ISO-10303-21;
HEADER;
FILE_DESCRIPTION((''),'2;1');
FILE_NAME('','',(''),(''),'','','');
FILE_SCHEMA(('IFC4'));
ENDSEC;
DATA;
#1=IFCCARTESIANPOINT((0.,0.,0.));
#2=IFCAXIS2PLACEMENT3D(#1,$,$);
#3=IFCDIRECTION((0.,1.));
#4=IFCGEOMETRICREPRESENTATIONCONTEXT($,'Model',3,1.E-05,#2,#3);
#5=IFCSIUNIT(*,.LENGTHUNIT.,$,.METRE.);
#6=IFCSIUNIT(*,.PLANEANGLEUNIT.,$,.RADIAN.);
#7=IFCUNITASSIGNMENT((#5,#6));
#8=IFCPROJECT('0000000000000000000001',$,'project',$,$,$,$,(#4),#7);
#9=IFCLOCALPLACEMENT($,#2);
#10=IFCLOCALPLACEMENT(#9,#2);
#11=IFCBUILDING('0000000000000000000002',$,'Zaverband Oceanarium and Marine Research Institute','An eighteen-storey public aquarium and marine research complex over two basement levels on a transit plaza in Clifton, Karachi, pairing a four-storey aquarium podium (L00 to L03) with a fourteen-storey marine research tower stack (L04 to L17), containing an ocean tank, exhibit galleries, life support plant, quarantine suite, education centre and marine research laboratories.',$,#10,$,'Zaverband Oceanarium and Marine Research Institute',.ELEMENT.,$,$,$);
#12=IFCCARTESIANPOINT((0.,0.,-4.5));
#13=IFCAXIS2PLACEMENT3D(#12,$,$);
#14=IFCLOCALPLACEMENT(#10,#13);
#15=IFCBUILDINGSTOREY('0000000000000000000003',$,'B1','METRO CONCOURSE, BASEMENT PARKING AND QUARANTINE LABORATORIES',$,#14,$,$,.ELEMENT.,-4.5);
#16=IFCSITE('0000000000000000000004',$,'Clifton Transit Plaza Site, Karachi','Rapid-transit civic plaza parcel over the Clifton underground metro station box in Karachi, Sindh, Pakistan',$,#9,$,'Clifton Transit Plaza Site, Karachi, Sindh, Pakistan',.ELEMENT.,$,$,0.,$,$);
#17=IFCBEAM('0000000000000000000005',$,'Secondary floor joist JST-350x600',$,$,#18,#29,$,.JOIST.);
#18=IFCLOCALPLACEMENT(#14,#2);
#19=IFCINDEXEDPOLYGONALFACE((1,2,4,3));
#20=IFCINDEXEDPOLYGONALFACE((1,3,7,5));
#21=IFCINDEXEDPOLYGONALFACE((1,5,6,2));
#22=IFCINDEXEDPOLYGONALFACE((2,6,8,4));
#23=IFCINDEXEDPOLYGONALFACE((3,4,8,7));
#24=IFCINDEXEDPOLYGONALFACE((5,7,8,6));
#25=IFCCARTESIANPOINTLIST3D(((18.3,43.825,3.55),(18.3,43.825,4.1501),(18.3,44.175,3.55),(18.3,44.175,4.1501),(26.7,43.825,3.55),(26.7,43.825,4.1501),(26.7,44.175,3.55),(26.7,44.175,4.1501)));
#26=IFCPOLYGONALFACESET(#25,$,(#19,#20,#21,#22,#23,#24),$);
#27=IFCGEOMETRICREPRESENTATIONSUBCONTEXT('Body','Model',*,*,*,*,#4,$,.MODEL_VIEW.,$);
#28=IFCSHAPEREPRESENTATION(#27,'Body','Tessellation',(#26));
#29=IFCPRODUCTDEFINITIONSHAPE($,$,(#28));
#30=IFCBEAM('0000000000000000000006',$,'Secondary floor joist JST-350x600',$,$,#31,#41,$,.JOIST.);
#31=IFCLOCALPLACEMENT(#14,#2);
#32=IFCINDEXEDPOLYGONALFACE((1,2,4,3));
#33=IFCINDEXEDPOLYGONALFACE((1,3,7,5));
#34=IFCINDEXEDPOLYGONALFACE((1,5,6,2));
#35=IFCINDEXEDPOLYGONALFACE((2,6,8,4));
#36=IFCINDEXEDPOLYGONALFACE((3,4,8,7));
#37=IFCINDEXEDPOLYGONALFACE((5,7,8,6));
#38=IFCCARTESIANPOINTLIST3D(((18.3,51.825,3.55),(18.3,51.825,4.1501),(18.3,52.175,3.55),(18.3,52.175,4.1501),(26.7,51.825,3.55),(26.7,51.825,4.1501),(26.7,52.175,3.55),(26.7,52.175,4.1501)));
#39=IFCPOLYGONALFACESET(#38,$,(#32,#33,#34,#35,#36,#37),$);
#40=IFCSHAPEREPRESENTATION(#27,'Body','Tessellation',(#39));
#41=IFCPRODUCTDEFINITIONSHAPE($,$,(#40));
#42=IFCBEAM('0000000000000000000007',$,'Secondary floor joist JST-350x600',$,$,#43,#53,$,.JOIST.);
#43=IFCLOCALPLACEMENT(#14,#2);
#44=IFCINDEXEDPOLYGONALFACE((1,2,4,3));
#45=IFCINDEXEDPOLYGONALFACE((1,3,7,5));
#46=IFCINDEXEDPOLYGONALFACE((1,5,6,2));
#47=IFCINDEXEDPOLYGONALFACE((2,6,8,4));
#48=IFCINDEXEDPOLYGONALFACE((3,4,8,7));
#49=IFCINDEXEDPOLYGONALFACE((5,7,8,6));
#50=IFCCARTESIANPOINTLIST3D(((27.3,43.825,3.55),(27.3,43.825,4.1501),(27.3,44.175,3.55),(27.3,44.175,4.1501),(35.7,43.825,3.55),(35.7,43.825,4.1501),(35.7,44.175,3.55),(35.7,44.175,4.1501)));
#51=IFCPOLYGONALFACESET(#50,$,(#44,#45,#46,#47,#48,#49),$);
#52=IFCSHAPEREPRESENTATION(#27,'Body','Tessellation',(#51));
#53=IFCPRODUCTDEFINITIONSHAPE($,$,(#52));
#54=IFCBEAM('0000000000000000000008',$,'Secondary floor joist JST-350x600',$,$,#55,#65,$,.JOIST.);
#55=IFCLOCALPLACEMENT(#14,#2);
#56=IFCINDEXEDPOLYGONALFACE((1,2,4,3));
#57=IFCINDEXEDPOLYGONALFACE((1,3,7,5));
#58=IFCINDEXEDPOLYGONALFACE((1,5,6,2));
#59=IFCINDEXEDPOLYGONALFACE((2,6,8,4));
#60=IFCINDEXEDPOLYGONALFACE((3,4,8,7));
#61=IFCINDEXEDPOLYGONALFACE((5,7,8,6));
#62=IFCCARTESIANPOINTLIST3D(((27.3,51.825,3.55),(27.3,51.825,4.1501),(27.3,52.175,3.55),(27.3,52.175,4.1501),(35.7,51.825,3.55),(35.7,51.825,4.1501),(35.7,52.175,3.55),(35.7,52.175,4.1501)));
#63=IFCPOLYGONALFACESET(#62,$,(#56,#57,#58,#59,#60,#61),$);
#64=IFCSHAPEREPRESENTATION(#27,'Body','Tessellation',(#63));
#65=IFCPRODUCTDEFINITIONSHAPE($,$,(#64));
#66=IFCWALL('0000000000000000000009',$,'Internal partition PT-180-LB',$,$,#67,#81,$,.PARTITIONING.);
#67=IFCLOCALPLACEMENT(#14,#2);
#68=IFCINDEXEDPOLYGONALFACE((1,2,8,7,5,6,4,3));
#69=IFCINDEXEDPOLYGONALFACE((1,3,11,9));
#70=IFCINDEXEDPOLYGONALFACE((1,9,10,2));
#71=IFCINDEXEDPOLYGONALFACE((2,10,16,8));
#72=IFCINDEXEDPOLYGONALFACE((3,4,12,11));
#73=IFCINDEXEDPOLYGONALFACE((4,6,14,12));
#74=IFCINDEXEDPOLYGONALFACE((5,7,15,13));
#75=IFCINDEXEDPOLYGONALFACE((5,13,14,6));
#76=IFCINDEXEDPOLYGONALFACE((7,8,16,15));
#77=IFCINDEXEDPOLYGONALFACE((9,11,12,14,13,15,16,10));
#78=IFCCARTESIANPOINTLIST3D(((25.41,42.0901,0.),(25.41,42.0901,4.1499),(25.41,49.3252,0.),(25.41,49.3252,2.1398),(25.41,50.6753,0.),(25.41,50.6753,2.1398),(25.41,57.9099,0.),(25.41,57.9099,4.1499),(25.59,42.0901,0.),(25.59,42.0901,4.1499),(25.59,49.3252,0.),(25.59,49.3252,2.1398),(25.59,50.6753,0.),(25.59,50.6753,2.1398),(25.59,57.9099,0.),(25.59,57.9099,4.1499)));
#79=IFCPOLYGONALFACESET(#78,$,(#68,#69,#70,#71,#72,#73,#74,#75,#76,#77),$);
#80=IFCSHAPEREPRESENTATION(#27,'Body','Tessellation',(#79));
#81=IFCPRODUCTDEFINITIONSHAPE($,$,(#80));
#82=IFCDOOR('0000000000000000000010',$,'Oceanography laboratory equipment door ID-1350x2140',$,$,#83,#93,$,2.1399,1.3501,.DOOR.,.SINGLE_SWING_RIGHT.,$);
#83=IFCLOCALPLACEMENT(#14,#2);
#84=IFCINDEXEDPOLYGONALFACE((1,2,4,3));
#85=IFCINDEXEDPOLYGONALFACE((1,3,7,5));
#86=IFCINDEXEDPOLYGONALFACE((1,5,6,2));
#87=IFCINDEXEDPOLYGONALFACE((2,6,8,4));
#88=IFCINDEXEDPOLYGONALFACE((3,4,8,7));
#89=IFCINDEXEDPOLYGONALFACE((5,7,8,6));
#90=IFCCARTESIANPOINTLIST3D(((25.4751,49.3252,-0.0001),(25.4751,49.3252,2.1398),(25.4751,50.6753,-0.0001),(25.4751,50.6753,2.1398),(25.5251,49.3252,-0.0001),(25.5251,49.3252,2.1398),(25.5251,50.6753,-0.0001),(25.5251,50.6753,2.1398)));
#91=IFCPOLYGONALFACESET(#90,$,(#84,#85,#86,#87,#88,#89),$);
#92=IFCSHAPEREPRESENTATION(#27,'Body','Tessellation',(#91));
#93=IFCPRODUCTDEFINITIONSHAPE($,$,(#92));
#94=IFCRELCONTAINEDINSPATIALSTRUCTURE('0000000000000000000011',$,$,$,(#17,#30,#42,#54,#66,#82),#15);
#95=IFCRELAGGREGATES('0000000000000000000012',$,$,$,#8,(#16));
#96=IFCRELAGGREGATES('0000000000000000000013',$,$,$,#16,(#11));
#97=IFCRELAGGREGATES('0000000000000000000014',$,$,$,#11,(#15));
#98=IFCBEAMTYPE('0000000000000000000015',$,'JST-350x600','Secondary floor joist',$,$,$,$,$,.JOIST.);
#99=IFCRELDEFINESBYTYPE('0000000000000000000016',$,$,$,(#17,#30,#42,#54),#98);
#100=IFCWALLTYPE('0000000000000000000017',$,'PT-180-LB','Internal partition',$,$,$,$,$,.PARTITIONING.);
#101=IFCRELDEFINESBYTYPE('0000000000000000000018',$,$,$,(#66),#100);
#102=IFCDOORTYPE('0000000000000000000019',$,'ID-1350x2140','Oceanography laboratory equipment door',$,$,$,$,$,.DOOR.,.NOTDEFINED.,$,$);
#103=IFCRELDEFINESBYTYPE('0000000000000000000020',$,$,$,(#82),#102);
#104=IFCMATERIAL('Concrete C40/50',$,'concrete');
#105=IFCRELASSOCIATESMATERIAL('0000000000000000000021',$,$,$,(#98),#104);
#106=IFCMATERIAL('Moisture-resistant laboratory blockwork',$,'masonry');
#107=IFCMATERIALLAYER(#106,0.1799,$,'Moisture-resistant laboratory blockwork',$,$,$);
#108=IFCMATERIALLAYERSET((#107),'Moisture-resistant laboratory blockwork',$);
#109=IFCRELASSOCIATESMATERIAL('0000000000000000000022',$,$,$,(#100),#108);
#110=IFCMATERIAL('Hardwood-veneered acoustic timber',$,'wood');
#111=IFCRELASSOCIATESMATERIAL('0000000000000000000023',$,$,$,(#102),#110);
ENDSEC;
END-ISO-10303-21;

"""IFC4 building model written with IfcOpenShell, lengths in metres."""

from ifc_helpers import new_model, si_unit, direction, frame, frame_2d, origin, origin_2d, place, context, subcontext, project, spatial, rectangle, extrude, material, layer, layer_set, material_profile, profile_set, type_object, element, fill, save


model = new_model("IFC4")

# Units and contexts
model_context = context("Model", 3, precision=1e-05, world=origin(), true_north=direction((0.0, 1.0)))
body_context = subcontext(model_context, "Body", "Model", "MODEL_VIEW")
ifc_project = project(units=[si_unit("LENGTHUNIT", "METRE"), si_unit("PLANEANGLEUNIT", "RADIAN")], contexts=[model_context])

# Site, building, storey
site_placement = place(None, origin())
site = spatial("IfcSite", under=ifc_project, at=site_placement, Name="Clifton Transit Plaza Site, Karachi", Description="Rapid-transit civic plaza parcel over the Clifton underground metro station box in Karachi, Sindh, Pakistan", LongName="Clifton Transit Plaza Site, Karachi, Sindh, Pakistan", CompositionType="ELEMENT", RefElevation=0.0)
building_placement = place(site_placement, origin())
building = spatial("IfcBuilding", under=site, at=building_placement, Name="Zaverband Oceanarium and Marine Research Institute", Description="An eighteen-storey public aquarium and marine research complex over two basement levels on a transit plaza in Clifton, Karachi, pairing a four-storey aquarium podium (L00 to L03) with a fourteen-storey marine research tower stack (L04 to L17), containing an ocean tank, exhibit galleries, life support plant, quarantine suite, education centre and marine research laboratories.", LongName="Zaverband Oceanarium and Marine Research Institute", CompositionType="ELEMENT")
storey_placement = place(building_placement, frame((0.0, 0.0, -4.5)))
storey = spatial("IfcBuildingStorey", under=building, at=storey_placement, Name="B1", Description="METRO CONCOURSE, BASEMENT PARKING AND QUARANTINE LABORATORIES", CompositionType="ELEMENT", Elevation=-4.5)

# Beams
ifc_material_1 = material(Name="Concrete C40/50", Category="concrete")
ifc_material_profile_1 = material_profile(ifc_material_1, rectangle(XDim=0.3501, YDim=0.6001, at=origin_2d()), Name="RC350x600")
ifc_profile_set_1 = profile_set([ifc_material_profile_1], Name="Concrete C40/50")
beam_type_1 = type_object("IfcBeamType", Name="JST-350x600", Description="Secondary floor joist", PredefinedType="JOIST", material=ifc_profile_set_1)
for number, where, z_axis, x_axis, name in (
    (1, (18.3, 44.0, 3.8501), (1.0, 0.0, 0.0), (0.0, 1.0, 0.0), "Secondary floor joist JST-350x600"),
    (2, (18.3, 52.0, 3.8501), (1.0, 0.0, 0.0), (0.0, 1.0, 0.0), "Secondary floor joist JST-350x600"),
    (3, (27.3, 44.0, 3.8501), (1.0, 0.0, 0.0), (0.0, 1.0, 0.0), "Secondary floor joist JST-350x600"),
    (4, (27.3, 52.0, 3.8501), (1.0, 0.0, 0.0), (0.0, 1.0, 0.0), "Secondary floor joist JST-350x600"),
):
    element("IfcBeam", number, at=place(storey_placement, frame(where, z_axis=z_axis, x_axis=x_axis)), inside=storey, type_object=beam_type_1, Name=name, PredefinedType="JOIST", context=body_context, shape_type="SweptSolid", body=[
        extrude(rectangle(XDim=0.3501, YDim=0.6001, at=origin_2d()), origin(), (0.0, 0.0, 1.0), 8.3999),
    ])

# Wall, opening, door
ifc_material_2 = material(Name="Moisture-resistant laboratory blockwork", Category="masonry")
ifc_layer = layer(ifc_material_2, 0.1799, Name="Moisture-resistant laboratory blockwork")
ifc_layer_set = layer_set([ifc_layer], Name="Moisture-resistant laboratory blockwork")
wall_type = type_object("IfcWallType", Name="PT-180-LB", Description="Internal partition", PredefinedType="PARTITIONING", material=ifc_layer_set)
wall_placement = place(storey_placement, frame((25.5, 42.0901, 0.0), z_axis=(0.0, 0.0, 1.0), x_axis=(0.0, 1.0, 0.0)))
wall = element("IfcWall", 5, at=wall_placement, inside=storey, type_object=wall_type, Name="Internal partition PT-180-LB", PredefinedType="PARTITIONING", context=body_context, shape_type="SweptSolid", body=[
    extrude(rectangle(XDim=15.8198, YDim=0.1799, at=frame_2d((7.9099, 0.0))), origin(), (0.0, 0.0, 1.0), 4.1499),
])
opening_placement = place(wall_placement, frame((7.2351, 0.0, 0.0)))
opening = element("IfcOpeningElement", 6, at=opening_placement, cuts=wall, PredefinedType="OPENING", context=body_context, shape_type="SweptSolid", body=[
    extrude(rectangle(XDim=1.3501, YDim=2.1399, at=frame_2d((0.675, 1.0698))), frame((0.0, 0.1021, 0.0), z_axis=(0.0, -1.0, 0.0), x_axis=(1.0, 0.0, 0.0)), (0.0, 0.0, 1.0), 0.2039),
])
ifc_material_3 = material(Name="Hardwood-veneered acoustic timber", Category="wood")
door_type = type_object("IfcDoorType", Name="ID-1350x2140", Description="Oceanography laboratory equipment door", OperationType="NOTDEFINED", PredefinedType="DOOR", material=ifc_material_3)
door_placement = place(opening_placement, origin())
door = element("IfcDoor", 7, at=door_placement, inside=storey, type_object=door_type, Name="Oceanography laboratory equipment door ID-1350x2140", OperationType="SINGLE_SWING_RIGHT", OverallHeight=2.1399, OverallWidth=1.3501, PredefinedType="DOOR", context=body_context, shape_type="SweptSolid", body=[
    extrude(rectangle(XDim=1.3501, YDim=2.1399, at=frame_2d((0.675, 1.0698))), frame((0.0, 0.0249, 0.0), z_axis=(0.0, -1.0, 0.0), x_axis=(1.0, 0.0, 0.0)), (0.0, 0.0, 1.0), 0.05),
])
fill(opening, door)

save(model, "model.ifc")
